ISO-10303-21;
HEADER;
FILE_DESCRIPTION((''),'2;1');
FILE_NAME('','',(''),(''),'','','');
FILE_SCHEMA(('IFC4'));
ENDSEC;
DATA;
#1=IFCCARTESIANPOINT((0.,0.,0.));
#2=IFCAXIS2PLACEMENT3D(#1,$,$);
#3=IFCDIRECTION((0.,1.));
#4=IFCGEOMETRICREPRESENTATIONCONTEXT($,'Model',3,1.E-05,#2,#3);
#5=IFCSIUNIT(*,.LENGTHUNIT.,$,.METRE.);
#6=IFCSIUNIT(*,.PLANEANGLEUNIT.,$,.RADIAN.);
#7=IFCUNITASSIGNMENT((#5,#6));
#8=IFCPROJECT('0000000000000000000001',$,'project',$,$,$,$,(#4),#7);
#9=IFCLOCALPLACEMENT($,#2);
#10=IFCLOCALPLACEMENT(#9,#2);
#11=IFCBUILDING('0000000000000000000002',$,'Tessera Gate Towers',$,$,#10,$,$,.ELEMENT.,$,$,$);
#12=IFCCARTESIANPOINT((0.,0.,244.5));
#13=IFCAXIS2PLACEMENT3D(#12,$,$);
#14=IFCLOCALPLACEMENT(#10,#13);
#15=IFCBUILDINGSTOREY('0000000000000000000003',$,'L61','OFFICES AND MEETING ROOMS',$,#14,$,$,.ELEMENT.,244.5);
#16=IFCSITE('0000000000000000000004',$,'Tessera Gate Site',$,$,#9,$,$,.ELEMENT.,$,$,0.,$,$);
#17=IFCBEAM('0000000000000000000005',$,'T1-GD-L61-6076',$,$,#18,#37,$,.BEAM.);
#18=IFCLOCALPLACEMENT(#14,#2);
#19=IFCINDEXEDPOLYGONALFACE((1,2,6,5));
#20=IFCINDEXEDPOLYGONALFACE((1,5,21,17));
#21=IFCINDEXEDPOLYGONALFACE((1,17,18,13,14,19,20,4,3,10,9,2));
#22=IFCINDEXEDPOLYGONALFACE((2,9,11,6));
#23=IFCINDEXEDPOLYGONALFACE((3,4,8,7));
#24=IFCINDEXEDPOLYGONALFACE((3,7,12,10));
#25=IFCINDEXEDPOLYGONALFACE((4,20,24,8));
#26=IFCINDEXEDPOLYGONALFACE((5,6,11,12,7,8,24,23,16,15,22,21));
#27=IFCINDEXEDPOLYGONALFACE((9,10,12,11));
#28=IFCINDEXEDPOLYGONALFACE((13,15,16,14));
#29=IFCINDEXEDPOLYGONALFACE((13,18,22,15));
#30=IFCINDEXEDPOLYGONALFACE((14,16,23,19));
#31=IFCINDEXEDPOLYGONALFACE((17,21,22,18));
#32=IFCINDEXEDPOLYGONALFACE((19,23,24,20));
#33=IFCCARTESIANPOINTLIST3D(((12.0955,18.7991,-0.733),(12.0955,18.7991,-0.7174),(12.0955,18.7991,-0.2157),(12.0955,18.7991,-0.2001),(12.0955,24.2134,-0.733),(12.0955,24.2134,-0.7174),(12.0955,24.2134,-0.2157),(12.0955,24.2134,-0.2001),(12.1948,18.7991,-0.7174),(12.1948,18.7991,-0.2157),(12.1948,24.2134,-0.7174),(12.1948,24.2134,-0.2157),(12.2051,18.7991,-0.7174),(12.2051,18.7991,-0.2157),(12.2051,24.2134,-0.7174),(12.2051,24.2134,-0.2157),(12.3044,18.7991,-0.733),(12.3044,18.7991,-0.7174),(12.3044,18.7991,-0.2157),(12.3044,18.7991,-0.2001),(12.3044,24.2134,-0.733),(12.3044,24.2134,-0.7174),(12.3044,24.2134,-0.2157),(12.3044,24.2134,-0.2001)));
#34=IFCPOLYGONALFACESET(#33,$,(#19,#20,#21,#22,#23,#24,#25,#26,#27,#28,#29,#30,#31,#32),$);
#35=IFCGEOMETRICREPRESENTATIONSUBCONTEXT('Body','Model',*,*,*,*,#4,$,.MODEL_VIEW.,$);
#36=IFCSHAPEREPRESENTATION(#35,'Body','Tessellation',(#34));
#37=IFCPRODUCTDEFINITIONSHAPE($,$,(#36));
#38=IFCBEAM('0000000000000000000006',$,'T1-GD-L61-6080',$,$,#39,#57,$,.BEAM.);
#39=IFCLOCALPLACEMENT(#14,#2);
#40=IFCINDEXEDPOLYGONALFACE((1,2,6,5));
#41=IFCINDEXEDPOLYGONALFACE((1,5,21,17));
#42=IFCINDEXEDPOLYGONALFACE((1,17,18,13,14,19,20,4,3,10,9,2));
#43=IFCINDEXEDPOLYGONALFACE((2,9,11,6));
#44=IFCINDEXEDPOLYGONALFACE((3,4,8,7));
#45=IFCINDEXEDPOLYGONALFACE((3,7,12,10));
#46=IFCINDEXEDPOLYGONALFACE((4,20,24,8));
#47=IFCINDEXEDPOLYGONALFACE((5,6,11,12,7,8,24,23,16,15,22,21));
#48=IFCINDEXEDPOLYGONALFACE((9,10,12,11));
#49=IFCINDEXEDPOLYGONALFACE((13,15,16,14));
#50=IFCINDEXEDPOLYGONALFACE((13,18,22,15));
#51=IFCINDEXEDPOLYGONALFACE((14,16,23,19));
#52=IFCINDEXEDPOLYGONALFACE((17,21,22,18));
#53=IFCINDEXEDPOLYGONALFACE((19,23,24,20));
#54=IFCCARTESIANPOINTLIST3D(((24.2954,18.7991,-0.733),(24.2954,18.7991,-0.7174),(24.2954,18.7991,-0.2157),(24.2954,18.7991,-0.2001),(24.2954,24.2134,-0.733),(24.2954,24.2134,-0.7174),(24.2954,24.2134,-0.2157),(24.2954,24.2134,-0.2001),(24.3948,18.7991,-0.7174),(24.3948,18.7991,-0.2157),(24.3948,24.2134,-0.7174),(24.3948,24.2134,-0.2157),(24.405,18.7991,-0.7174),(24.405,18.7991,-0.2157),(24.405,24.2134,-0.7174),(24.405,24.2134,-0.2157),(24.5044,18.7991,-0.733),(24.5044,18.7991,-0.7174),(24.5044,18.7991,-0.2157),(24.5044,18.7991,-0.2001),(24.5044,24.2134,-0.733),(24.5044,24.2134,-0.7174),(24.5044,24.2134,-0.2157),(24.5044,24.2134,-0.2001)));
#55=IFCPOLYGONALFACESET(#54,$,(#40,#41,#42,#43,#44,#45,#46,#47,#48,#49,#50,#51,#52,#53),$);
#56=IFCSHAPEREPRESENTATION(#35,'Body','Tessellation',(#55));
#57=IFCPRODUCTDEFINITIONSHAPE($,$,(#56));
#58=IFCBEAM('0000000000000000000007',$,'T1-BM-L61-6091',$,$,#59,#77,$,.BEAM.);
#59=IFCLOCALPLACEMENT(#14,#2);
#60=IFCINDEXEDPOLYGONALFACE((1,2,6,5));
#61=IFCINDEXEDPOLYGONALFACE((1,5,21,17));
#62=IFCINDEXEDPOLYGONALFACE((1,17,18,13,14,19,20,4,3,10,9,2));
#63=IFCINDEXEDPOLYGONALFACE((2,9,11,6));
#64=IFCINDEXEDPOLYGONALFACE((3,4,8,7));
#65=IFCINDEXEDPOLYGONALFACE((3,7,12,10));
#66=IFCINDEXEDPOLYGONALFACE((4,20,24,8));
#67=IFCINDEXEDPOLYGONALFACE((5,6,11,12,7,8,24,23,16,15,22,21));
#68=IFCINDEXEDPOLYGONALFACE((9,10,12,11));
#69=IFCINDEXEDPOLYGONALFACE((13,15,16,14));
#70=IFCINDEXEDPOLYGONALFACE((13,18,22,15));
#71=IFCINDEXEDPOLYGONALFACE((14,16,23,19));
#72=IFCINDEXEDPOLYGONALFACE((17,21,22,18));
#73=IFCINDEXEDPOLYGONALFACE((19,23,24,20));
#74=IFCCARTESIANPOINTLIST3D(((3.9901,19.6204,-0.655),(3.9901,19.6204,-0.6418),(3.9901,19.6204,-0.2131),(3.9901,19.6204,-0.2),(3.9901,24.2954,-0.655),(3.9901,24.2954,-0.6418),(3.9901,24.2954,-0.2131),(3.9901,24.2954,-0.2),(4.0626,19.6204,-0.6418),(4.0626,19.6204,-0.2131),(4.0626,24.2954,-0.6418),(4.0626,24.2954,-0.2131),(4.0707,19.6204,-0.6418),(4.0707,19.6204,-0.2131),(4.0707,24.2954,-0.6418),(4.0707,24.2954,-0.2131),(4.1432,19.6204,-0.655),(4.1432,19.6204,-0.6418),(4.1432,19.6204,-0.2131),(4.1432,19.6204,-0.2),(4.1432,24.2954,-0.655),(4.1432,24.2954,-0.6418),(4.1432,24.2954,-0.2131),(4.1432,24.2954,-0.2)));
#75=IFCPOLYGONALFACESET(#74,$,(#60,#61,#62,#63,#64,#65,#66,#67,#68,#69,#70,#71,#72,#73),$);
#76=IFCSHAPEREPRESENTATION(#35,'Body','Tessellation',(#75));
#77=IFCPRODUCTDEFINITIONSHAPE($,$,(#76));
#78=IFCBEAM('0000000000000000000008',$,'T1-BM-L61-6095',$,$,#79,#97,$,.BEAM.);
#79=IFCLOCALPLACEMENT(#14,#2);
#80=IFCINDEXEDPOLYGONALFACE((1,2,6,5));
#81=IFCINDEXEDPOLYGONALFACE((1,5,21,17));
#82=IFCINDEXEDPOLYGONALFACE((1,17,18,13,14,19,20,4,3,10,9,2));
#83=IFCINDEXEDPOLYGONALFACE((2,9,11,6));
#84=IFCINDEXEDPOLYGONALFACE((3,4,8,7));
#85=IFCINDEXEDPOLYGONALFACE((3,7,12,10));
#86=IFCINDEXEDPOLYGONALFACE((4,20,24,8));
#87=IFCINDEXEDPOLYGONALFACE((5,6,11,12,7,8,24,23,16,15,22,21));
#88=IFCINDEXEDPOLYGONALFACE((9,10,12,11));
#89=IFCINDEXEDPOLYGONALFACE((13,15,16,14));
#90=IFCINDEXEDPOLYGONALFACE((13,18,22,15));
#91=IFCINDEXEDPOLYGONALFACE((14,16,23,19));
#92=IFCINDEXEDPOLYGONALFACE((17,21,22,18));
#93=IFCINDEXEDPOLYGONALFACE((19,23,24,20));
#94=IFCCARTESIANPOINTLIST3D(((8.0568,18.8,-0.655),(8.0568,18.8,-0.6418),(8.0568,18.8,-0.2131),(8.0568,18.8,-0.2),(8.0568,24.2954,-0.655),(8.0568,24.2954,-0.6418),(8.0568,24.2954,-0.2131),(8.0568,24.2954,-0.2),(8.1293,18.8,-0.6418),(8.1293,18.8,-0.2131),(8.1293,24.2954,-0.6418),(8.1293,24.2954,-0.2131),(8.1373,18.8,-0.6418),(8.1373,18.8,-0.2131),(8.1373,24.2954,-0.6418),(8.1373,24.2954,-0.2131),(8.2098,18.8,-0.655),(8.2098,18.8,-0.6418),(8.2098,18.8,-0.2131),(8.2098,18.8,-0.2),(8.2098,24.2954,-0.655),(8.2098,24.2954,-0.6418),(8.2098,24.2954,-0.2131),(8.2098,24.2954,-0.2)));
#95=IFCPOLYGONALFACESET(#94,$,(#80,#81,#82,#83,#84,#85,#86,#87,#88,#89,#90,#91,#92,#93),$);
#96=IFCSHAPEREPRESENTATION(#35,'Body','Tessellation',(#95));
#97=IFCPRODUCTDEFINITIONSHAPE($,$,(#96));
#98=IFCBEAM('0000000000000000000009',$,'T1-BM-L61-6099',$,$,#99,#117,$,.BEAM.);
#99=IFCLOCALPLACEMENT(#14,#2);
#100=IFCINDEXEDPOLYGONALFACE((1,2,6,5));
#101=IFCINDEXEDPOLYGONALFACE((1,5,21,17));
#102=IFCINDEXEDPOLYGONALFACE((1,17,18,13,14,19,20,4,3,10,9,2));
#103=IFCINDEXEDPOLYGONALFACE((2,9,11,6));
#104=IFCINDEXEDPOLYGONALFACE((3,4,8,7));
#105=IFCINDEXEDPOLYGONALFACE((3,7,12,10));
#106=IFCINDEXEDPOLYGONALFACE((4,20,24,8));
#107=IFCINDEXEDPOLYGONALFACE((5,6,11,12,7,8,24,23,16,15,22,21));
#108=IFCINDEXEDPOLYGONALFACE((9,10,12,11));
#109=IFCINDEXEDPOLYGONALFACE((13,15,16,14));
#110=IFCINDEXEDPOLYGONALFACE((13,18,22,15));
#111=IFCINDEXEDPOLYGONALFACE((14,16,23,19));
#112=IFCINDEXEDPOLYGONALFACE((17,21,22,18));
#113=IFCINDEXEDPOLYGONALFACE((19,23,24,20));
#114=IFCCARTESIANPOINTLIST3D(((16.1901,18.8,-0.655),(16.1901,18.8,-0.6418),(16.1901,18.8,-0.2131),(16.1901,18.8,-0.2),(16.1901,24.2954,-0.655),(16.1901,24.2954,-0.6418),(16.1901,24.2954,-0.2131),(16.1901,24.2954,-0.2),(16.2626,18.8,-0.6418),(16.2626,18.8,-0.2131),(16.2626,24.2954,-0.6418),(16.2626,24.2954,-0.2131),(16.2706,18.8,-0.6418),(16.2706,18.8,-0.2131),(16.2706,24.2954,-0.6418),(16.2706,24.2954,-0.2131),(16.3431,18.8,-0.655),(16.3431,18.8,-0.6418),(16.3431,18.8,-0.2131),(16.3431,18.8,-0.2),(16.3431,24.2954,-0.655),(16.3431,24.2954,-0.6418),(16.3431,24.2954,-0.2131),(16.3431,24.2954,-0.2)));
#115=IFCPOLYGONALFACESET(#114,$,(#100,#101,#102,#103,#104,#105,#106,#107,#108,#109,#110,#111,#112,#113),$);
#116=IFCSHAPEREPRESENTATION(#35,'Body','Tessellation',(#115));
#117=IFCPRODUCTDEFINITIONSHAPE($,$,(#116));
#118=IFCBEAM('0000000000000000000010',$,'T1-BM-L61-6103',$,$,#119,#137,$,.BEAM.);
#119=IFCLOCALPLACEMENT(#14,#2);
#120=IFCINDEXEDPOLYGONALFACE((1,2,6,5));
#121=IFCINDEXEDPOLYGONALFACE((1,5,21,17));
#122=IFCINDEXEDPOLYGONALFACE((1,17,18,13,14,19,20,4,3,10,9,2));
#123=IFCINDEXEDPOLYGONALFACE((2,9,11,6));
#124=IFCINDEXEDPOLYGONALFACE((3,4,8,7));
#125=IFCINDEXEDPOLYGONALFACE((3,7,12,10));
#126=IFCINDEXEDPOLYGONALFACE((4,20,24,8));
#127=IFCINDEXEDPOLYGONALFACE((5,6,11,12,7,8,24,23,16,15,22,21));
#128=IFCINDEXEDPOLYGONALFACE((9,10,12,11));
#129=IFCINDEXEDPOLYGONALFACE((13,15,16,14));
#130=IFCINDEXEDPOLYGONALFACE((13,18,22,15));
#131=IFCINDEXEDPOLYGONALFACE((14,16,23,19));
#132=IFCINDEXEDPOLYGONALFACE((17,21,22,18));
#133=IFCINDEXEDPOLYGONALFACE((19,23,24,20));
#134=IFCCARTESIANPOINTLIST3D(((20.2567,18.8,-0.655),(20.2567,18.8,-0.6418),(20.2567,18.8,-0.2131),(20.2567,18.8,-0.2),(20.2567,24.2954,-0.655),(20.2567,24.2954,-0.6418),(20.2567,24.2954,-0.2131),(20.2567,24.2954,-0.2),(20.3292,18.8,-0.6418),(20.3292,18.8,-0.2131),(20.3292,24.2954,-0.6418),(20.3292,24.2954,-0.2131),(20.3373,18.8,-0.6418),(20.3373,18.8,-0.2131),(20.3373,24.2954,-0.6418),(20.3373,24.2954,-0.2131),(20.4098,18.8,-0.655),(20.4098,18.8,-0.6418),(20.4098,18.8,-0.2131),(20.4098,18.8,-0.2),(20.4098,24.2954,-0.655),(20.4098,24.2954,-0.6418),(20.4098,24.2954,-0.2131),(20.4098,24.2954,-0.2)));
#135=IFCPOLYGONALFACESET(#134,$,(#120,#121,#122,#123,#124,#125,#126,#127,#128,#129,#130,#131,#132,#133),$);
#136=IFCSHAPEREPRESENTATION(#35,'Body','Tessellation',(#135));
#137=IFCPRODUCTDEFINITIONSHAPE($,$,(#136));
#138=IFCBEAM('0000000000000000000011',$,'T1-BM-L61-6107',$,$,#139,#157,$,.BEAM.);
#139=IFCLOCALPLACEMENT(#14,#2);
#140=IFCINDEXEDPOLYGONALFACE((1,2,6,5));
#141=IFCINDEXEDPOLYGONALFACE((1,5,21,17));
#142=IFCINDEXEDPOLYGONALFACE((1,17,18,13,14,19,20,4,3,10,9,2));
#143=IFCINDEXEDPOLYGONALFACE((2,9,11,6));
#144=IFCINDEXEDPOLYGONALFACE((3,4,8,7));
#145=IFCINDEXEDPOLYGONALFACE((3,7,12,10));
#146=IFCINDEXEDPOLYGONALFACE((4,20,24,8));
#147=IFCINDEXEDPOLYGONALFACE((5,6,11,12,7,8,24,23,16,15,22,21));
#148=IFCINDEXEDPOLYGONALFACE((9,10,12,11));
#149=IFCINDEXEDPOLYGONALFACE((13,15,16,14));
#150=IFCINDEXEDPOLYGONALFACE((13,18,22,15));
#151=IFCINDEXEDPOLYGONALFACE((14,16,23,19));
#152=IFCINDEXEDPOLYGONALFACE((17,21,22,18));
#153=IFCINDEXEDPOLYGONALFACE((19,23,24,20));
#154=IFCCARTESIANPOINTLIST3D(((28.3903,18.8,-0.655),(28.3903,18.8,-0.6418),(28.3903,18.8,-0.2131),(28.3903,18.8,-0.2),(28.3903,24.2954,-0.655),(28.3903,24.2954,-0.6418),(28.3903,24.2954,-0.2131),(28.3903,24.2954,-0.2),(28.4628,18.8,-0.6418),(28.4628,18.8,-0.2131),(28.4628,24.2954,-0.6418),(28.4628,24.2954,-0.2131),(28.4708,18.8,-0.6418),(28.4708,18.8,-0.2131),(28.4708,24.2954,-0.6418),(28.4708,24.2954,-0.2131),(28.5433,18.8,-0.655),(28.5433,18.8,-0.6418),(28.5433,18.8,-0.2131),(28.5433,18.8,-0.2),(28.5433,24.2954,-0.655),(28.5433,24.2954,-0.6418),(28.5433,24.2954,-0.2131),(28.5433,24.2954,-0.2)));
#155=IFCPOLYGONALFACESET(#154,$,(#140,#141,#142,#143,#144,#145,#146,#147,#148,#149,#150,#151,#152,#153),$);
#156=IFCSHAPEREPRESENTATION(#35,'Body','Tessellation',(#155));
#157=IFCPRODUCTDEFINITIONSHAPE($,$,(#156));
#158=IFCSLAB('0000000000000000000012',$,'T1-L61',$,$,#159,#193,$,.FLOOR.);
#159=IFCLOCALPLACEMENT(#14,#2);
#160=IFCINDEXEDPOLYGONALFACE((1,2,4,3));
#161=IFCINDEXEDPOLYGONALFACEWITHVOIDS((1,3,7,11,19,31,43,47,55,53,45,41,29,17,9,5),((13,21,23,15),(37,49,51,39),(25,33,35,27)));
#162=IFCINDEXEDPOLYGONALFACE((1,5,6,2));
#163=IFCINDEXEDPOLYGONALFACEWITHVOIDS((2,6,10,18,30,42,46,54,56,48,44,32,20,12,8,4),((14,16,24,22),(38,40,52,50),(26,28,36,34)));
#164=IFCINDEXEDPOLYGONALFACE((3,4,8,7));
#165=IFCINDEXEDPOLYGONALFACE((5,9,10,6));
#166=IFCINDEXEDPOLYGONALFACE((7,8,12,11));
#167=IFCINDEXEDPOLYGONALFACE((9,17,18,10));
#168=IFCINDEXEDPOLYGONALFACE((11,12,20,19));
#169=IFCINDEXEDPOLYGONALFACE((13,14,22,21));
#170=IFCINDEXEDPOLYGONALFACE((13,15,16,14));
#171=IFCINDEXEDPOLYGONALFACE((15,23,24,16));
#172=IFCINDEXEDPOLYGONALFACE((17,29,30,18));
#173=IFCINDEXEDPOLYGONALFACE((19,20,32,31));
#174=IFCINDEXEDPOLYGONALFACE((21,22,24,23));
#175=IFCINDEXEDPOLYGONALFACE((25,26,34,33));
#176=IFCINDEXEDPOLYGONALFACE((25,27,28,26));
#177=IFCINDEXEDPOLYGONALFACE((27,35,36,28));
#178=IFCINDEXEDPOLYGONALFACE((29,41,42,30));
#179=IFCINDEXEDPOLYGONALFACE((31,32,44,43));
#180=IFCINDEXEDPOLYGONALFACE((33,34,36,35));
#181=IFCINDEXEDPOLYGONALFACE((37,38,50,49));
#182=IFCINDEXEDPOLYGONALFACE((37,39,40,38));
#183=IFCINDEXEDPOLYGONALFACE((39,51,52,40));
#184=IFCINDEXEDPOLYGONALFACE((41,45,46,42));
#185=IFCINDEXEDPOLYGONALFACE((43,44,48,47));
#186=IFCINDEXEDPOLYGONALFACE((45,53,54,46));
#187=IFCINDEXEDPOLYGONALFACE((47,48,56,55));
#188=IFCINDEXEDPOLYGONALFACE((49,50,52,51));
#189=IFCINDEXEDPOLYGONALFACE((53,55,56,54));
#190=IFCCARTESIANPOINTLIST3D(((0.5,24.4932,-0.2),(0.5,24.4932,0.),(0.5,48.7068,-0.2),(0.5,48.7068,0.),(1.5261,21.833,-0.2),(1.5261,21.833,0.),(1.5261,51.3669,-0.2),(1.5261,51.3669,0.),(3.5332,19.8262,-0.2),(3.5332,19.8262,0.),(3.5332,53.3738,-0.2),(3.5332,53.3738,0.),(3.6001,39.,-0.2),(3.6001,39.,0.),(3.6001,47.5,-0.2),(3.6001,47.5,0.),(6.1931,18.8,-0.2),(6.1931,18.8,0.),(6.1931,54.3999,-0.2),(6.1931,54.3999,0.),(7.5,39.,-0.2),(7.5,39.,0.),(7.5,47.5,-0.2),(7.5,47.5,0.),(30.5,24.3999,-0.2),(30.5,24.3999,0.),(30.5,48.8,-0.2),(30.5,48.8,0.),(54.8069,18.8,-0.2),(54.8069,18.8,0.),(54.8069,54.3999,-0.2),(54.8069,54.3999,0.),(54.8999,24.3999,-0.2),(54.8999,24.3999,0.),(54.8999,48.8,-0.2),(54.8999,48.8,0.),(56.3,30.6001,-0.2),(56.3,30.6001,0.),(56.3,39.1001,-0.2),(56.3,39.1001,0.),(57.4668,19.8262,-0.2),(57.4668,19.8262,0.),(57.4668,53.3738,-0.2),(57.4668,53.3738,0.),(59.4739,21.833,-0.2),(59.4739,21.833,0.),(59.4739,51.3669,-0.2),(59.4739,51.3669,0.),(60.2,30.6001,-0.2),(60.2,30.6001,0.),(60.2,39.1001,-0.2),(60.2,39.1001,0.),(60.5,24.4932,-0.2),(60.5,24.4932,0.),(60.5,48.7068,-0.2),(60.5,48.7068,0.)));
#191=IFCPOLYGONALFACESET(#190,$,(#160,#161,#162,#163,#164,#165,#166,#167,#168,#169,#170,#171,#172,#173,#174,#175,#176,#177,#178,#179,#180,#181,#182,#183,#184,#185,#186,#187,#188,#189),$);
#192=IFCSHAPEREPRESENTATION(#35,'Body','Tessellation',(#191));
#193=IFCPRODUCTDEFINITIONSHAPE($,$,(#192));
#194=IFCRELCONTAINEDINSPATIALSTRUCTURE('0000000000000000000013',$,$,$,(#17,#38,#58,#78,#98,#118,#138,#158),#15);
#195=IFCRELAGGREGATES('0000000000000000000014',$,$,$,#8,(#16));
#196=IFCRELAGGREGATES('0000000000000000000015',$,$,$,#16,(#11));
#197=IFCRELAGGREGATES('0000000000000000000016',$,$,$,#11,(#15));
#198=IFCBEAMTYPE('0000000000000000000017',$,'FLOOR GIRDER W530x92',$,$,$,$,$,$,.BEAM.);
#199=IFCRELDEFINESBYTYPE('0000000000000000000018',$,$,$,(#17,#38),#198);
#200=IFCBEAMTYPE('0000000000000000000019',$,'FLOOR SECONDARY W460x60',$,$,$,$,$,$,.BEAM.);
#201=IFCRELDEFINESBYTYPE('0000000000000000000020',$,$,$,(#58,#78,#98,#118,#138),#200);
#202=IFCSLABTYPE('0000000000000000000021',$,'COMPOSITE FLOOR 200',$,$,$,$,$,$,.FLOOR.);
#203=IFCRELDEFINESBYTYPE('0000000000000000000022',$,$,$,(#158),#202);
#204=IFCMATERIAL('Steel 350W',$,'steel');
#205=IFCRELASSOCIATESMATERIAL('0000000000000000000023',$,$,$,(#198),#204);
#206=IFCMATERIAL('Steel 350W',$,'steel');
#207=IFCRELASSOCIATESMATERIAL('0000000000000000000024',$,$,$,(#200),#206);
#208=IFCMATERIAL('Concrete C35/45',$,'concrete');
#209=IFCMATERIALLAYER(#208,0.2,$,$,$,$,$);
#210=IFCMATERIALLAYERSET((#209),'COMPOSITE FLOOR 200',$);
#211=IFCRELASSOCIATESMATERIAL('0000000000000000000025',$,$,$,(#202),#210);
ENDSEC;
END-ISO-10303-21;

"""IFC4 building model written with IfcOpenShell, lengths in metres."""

from ifc_helpers import new_model, si_unit, direction, frame, origin, origin_2d, place, context, subcontext, project, spatial, polyline, i_section, outline, extrude, material, layer, layer_set, material_profile, profile_set, type_object, element, save


model = new_model("IFC4")

# Units and contexts
model_context = context("Model", 3, precision=1e-05, world=origin(), true_north=direction((0.0, 1.0)))
body_context = subcontext(model_context, "Body", "Model", "MODEL_VIEW")
ifc_project = project(units=[si_unit("LENGTHUNIT", "METRE"), si_unit("PLANEANGLEUNIT", "RADIAN")], contexts=[model_context])

# Site, building, storey
site_placement = place(None, origin())
site = spatial("IfcSite", under=ifc_project, at=site_placement, Name="Tessera Gate Site", CompositionType="ELEMENT", RefElevation=0.0)
building_placement = place(site_placement, origin())
building = spatial("IfcBuilding", under=site, at=building_placement, Name="Tessera Gate Towers", CompositionType="ELEMENT")
storey_placement = place(building_placement, frame((0.0, 0.0, 244.5)))
storey = spatial("IfcBuildingStorey", under=building, at=storey_placement, Name="L61", Description="OFFICES AND MEETING ROOMS", CompositionType="ELEMENT", Elevation=244.5)

# Beams
ifc_material_1 = material(Name="Steel 350W", Category="steel")
ifc_material_profile_1 = material_profile(ifc_material_1, i_section(OverallWidth=0.209, OverallDepth=0.533, WebThickness=0.0103, FlangeThickness=0.0156, at=origin_2d()), Name="W530x92")
ifc_profile_set_1 = profile_set([ifc_material_profile_1], Name="Steel 350W")
beam_type_1 = type_object("IfcBeamType", Name="FLOOR GIRDER W530x92", PredefinedType="BEAM", material=ifc_profile_set_1)
for number, where, z_axis, x_axis, name in (
    (1, (12.2, 18.7991, -0.4666), (0.0, 1.0, 0.0), (-1.0, 0.0, 0.0), "T1-GD-L61-6076"),
    (2, (24.3999, 18.7991, -0.4666), (0.0, 1.0, 0.0), (-1.0, 0.0, 0.0), "T1-GD-L61-6080"),
):
    element("IfcBeam", number, at=place(storey_placement, frame(where, z_axis=z_axis, x_axis=x_axis)), inside=storey, type_object=beam_type_1, Name=name, PredefinedType="BEAM", context=body_context, shape_type="SweptSolid", body=[
        extrude(i_section(OverallWidth=0.209, OverallDepth=0.533, WebThickness=0.0103, FlangeThickness=0.0156, at=origin_2d()), origin(), (0.0, 0.0, 1.0), 5.4143),
    ])
ifc_material_2 = material(Name="Steel 350W", Category="steel")
ifc_material_profile_2 = material_profile(ifc_material_2, i_section(OverallWidth=0.1531, OverallDepth=0.4551, WebThickness=0.0081, FlangeThickness=0.0132, at=origin_2d()), Name="W460x60")
ifc_profile_set_2 = profile_set([ifc_material_profile_2], Name="Steel 350W")
beam_type_2 = type_object("IfcBeamType", Name="FLOOR SECONDARY W460x60", PredefinedType="BEAM", material=ifc_profile_set_2)
beam_placement = place(storey_placement, frame((4.0667, 19.6204, -0.4275), z_axis=(0.0, 1.0, 0.0), x_axis=(-1.0, 0.0, 0.0)))
element("IfcBeam", 3, at=beam_placement, inside=storey, type_object=beam_type_2, Name="T1-BM-L61-6091", PredefinedType="BEAM", context=body_context, shape_type="SweptSolid", body=[
    extrude(i_section(OverallWidth=0.1531, OverallDepth=0.4551, WebThickness=0.0081, FlangeThickness=0.0132, at=origin_2d()), origin(), (0.0, 0.0, 1.0), 4.675),
])
for number, where, z_axis, x_axis, name in (
    (4, (8.1333, 18.8, -0.4275), (0.0, 1.0, 0.0), (-1.0, 0.0, 0.0), "T1-BM-L61-6095"),
    (5, (16.2666, 18.8, -0.4275), (0.0, 1.0, 0.0), (-1.0, 0.0, 0.0), "T1-BM-L61-6099"),
    (6, (20.3333, 18.8, -0.4275), (0.0, 1.0, 0.0), (-1.0, 0.0, 0.0), "T1-BM-L61-6103"),
    (7, (28.4668, 18.8, -0.4275), (0.0, 1.0, 0.0), (-1.0, 0.0, 0.0), "T1-BM-L61-6107"),
):
    element("IfcBeam", number, at=place(storey_placement, frame(where, z_axis=z_axis, x_axis=x_axis)), inside=storey, type_object=beam_type_2, Name=name, PredefinedType="BEAM", context=body_context, shape_type="SweptSolid", body=[
        extrude(i_section(OverallWidth=0.1531, OverallDepth=0.4551, WebThickness=0.0081, FlangeThickness=0.0132, at=origin_2d()), origin(), (0.0, 0.0, 1.0), 5.4954),
    ])

# Slab
ifc_material_3 = material(Name="Concrete C35/45", Category="concrete")
ifc_layer_1 = layer(ifc_material_3, 0.2)
ifc_layer_set_1 = layer_set([ifc_layer_1], Name="COMPOSITE FLOOR 200")
slab_type_1 = type_object("IfcSlabType", Name="COMPOSITE FLOOR 200", PredefinedType="FLOOR", material=ifc_layer_set_1)
slab_1_placement = place(storey_placement, frame((0.0, 0.0, -0.2)))
element("IfcSlab", 8, at=slab_1_placement, inside=storey, type_object=slab_type_1, Name="T1-L61", PredefinedType="FLOOR", context=body_context, shape_type="SweptSolid", body=[
    extrude(outline(polyline([(0.5, 24.4932), (1.5261, 21.833), (3.5332, 19.8262), (6.1931, 18.8), (54.8069, 18.8), (57.4668, 19.8262), (59.4739, 21.833), (60.5, 24.4932), (60.5, 48.7068), (59.4739, 51.3669), (57.4668, 53.3738), (54.8069, 54.3999), (6.1931, 54.3999), (3.5332, 53.3738), (1.5261, 51.3669), (0.5, 48.7068), (0.5, 24.4932)]), holes=[polyline([(3.6001, 39.0), (3.6001, 47.5), (7.5, 47.5), (7.5, 39.0), (3.6001, 39.0)]), polyline([(30.5, 24.3999), (30.5, 48.8), (54.8999, 48.8), (54.8999, 24.3999), (30.5, 24.3999)]), polyline([(56.3, 30.6001), (56.3, 39.1001), (60.2, 39.1001), (60.2, 30.6001), (56.3, 30.6001)])]), origin(), (0.0, 0.0, 1.0), 0.2),
])

save(model, "model.ifc")
